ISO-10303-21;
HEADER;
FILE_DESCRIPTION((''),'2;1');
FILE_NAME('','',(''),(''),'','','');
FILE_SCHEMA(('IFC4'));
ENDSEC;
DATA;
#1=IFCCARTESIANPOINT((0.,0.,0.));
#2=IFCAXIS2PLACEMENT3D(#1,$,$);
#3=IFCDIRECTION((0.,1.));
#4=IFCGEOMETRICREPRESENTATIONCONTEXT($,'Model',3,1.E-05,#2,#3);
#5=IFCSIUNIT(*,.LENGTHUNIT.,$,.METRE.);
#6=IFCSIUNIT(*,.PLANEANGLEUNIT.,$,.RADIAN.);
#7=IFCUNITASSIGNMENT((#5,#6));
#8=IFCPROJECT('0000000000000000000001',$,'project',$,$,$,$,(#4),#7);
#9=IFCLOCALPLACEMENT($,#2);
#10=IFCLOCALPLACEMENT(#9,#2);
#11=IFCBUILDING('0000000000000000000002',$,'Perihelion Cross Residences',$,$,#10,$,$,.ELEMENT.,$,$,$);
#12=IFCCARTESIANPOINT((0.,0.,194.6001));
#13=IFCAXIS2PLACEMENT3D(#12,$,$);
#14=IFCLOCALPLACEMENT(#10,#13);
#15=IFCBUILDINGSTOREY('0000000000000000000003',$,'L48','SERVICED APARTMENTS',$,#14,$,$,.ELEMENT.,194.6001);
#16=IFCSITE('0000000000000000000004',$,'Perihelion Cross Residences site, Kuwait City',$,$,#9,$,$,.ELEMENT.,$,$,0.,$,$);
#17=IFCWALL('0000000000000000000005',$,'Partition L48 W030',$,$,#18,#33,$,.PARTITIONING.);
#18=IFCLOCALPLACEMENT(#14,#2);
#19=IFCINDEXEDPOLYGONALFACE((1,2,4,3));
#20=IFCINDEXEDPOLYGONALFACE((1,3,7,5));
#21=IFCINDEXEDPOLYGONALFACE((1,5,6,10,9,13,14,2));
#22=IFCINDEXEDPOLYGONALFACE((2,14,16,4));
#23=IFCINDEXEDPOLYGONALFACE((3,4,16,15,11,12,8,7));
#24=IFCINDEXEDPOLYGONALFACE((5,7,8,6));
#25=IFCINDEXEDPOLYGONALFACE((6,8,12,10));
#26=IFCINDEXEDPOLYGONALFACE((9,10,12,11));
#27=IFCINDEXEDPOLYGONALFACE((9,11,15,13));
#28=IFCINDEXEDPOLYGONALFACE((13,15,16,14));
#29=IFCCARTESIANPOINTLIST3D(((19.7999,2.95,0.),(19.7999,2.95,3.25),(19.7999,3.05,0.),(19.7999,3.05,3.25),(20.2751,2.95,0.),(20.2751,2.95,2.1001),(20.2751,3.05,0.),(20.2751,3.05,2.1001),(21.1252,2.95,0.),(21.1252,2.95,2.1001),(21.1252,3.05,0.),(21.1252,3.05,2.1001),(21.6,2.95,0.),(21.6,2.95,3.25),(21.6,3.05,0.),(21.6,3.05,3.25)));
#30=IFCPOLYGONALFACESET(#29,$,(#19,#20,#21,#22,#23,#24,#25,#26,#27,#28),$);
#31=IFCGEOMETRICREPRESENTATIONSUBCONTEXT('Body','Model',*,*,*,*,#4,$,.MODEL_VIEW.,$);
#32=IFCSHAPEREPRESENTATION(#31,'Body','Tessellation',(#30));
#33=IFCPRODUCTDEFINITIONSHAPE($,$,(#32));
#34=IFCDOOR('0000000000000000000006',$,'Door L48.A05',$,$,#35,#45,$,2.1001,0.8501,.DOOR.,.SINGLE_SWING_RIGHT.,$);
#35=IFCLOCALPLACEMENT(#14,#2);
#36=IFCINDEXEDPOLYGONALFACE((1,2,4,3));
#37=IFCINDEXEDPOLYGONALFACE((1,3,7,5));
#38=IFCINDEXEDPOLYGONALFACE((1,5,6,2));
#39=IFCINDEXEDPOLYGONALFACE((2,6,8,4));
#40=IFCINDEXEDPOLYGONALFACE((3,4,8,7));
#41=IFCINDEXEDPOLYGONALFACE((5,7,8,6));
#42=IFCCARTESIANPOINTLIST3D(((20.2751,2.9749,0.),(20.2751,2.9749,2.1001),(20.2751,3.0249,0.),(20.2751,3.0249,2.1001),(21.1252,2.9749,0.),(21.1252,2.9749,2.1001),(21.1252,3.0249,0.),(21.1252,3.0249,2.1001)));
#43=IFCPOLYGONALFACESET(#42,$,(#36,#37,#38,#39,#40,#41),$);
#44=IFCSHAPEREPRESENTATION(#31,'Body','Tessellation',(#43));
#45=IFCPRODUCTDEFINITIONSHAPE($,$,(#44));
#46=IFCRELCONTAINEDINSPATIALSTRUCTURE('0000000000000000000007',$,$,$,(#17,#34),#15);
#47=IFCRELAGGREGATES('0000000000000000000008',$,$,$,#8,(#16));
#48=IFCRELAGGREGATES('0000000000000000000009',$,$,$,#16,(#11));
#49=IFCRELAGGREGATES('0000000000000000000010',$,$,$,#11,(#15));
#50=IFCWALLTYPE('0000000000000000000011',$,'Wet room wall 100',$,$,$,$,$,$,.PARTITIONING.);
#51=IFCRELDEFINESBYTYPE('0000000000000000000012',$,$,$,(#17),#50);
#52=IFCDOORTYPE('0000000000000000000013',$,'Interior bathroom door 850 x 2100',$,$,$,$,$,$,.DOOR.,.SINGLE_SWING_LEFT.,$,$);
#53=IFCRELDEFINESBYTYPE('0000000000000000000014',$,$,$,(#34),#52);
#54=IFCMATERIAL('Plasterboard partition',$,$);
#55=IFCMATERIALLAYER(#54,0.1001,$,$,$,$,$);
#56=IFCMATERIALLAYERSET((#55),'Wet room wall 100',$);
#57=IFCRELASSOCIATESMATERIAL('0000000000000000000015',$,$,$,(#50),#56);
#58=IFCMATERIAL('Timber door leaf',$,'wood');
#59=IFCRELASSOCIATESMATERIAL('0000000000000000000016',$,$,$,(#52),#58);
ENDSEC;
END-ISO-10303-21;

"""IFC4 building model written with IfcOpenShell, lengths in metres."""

from ifc_helpers import new_model, si_unit, direction, frame, frame_2d, origin, place, context, subcontext, project, spatial, rectangle, extrude, material, layer, layer_set, type_object, element, fill, save


model = new_model("IFC4")

# Units and contexts
model_context = context("Model", 3, precision=1e-05, world=origin(), true_north=direction((0.0, 1.0)))
body_context = subcontext(model_context, "Body", "Model", "MODEL_VIEW")
ifc_project = project(units=[si_unit("LENGTHUNIT", "METRE"), si_unit("PLANEANGLEUNIT", "RADIAN")], contexts=[model_context])

# Site, building, storey
site_placement = place(None, origin())
site = spatial("IfcSite", under=ifc_project, at=site_placement, Name="Perihelion Cross Residences site, Kuwait City", CompositionType="ELEMENT", RefElevation=0.0)
building_placement = place(site_placement, origin())
building = spatial("IfcBuilding", under=site, at=building_placement, Name="Perihelion Cross Residences", CompositionType="ELEMENT")
storey_placement = place(building_placement, frame((0.0, 0.0, 194.6001)))
storey = spatial("IfcBuildingStorey", under=building, at=storey_placement, Name="L48", Description="SERVICED APARTMENTS", CompositionType="ELEMENT", Elevation=194.6001)

# Shared definitions
ifc_material_1 = material(Name="Plasterboard partition")
ifc_layer_1 = layer(ifc_material_1, 0.1001)
ifc_layer_set_1 = layer_set([ifc_layer_1], Name="Wet room wall 100")
wall_type_1 = type_object("IfcWallType", Name="Wet room wall 100", PredefinedType="PARTITIONING", material=ifc_layer_set_1)

# Shared definitions
ifc_material_2 = material(Name="Timber door leaf", Category="wood")
door_type_1 = type_object("IfcDoorType", Name="Interior bathroom door 850 x 2100", OperationType="SINGLE_SWING_LEFT", PredefinedType="DOOR", material=ifc_material_2)

# Wall, opening, door
wall_1_placement = place(storey_placement, frame((19.8, 3.0, 0.0), z_axis=(0.0, 0.0, 1.0), x_axis=(1.0, 0.0, 0.0)))
wall_1 = element("IfcWall", 1, at=wall_1_placement, inside=storey, type_object=wall_type_1, Name="Partition L48 W030", PredefinedType="PARTITIONING", context=body_context, shape_type="SweptSolid", body=[
    extrude(rectangle(XDim=1.8, YDim=0.1001, at=frame_2d((0.8999, 0.0))), origin(), (0.0, 0.0, 1.0), 3.25),
])
opening_1_placement = place(wall_1_placement, frame((0.4751, 0.0, 0.0)))
opening_1 = element("IfcOpeningElement", 2, at=opening_1_placement, cuts=wall_1, PredefinedType="OPENING", context=body_context, shape_type="SweptSolid", body=[
    extrude(rectangle(XDim=0.8501, YDim=2.1001, at=frame_2d((0.425, 1.05))), frame((0.0, 0.0601, 0.0), z_axis=(0.0, -1.0, 0.0), x_axis=(1.0, 0.0, 0.0)), (0.0, 0.0, 1.0), 0.1201),
])
door_1_placement = place(opening_1_placement, origin())
door_1 = element("IfcDoor", 3, at=door_1_placement, inside=storey, type_object=door_type_1, Name="Door L48.A05", OperationType="SINGLE_SWING_RIGHT", OverallHeight=2.1001, OverallWidth=0.8501, PredefinedType="DOOR", context=body_context, shape_type="SweptSolid", body=[
    extrude(rectangle(XDim=0.8501, YDim=2.1001, at=frame_2d((0.425, 1.05))), frame((0.0, 0.0249, 0.0), z_axis=(0.0, -1.0, 0.0), x_axis=(1.0, 0.0, 0.0)), (0.0, 0.0, 1.0), 0.05),
])
fill(opening_1, door_1)

save(model, "model.ifc")
